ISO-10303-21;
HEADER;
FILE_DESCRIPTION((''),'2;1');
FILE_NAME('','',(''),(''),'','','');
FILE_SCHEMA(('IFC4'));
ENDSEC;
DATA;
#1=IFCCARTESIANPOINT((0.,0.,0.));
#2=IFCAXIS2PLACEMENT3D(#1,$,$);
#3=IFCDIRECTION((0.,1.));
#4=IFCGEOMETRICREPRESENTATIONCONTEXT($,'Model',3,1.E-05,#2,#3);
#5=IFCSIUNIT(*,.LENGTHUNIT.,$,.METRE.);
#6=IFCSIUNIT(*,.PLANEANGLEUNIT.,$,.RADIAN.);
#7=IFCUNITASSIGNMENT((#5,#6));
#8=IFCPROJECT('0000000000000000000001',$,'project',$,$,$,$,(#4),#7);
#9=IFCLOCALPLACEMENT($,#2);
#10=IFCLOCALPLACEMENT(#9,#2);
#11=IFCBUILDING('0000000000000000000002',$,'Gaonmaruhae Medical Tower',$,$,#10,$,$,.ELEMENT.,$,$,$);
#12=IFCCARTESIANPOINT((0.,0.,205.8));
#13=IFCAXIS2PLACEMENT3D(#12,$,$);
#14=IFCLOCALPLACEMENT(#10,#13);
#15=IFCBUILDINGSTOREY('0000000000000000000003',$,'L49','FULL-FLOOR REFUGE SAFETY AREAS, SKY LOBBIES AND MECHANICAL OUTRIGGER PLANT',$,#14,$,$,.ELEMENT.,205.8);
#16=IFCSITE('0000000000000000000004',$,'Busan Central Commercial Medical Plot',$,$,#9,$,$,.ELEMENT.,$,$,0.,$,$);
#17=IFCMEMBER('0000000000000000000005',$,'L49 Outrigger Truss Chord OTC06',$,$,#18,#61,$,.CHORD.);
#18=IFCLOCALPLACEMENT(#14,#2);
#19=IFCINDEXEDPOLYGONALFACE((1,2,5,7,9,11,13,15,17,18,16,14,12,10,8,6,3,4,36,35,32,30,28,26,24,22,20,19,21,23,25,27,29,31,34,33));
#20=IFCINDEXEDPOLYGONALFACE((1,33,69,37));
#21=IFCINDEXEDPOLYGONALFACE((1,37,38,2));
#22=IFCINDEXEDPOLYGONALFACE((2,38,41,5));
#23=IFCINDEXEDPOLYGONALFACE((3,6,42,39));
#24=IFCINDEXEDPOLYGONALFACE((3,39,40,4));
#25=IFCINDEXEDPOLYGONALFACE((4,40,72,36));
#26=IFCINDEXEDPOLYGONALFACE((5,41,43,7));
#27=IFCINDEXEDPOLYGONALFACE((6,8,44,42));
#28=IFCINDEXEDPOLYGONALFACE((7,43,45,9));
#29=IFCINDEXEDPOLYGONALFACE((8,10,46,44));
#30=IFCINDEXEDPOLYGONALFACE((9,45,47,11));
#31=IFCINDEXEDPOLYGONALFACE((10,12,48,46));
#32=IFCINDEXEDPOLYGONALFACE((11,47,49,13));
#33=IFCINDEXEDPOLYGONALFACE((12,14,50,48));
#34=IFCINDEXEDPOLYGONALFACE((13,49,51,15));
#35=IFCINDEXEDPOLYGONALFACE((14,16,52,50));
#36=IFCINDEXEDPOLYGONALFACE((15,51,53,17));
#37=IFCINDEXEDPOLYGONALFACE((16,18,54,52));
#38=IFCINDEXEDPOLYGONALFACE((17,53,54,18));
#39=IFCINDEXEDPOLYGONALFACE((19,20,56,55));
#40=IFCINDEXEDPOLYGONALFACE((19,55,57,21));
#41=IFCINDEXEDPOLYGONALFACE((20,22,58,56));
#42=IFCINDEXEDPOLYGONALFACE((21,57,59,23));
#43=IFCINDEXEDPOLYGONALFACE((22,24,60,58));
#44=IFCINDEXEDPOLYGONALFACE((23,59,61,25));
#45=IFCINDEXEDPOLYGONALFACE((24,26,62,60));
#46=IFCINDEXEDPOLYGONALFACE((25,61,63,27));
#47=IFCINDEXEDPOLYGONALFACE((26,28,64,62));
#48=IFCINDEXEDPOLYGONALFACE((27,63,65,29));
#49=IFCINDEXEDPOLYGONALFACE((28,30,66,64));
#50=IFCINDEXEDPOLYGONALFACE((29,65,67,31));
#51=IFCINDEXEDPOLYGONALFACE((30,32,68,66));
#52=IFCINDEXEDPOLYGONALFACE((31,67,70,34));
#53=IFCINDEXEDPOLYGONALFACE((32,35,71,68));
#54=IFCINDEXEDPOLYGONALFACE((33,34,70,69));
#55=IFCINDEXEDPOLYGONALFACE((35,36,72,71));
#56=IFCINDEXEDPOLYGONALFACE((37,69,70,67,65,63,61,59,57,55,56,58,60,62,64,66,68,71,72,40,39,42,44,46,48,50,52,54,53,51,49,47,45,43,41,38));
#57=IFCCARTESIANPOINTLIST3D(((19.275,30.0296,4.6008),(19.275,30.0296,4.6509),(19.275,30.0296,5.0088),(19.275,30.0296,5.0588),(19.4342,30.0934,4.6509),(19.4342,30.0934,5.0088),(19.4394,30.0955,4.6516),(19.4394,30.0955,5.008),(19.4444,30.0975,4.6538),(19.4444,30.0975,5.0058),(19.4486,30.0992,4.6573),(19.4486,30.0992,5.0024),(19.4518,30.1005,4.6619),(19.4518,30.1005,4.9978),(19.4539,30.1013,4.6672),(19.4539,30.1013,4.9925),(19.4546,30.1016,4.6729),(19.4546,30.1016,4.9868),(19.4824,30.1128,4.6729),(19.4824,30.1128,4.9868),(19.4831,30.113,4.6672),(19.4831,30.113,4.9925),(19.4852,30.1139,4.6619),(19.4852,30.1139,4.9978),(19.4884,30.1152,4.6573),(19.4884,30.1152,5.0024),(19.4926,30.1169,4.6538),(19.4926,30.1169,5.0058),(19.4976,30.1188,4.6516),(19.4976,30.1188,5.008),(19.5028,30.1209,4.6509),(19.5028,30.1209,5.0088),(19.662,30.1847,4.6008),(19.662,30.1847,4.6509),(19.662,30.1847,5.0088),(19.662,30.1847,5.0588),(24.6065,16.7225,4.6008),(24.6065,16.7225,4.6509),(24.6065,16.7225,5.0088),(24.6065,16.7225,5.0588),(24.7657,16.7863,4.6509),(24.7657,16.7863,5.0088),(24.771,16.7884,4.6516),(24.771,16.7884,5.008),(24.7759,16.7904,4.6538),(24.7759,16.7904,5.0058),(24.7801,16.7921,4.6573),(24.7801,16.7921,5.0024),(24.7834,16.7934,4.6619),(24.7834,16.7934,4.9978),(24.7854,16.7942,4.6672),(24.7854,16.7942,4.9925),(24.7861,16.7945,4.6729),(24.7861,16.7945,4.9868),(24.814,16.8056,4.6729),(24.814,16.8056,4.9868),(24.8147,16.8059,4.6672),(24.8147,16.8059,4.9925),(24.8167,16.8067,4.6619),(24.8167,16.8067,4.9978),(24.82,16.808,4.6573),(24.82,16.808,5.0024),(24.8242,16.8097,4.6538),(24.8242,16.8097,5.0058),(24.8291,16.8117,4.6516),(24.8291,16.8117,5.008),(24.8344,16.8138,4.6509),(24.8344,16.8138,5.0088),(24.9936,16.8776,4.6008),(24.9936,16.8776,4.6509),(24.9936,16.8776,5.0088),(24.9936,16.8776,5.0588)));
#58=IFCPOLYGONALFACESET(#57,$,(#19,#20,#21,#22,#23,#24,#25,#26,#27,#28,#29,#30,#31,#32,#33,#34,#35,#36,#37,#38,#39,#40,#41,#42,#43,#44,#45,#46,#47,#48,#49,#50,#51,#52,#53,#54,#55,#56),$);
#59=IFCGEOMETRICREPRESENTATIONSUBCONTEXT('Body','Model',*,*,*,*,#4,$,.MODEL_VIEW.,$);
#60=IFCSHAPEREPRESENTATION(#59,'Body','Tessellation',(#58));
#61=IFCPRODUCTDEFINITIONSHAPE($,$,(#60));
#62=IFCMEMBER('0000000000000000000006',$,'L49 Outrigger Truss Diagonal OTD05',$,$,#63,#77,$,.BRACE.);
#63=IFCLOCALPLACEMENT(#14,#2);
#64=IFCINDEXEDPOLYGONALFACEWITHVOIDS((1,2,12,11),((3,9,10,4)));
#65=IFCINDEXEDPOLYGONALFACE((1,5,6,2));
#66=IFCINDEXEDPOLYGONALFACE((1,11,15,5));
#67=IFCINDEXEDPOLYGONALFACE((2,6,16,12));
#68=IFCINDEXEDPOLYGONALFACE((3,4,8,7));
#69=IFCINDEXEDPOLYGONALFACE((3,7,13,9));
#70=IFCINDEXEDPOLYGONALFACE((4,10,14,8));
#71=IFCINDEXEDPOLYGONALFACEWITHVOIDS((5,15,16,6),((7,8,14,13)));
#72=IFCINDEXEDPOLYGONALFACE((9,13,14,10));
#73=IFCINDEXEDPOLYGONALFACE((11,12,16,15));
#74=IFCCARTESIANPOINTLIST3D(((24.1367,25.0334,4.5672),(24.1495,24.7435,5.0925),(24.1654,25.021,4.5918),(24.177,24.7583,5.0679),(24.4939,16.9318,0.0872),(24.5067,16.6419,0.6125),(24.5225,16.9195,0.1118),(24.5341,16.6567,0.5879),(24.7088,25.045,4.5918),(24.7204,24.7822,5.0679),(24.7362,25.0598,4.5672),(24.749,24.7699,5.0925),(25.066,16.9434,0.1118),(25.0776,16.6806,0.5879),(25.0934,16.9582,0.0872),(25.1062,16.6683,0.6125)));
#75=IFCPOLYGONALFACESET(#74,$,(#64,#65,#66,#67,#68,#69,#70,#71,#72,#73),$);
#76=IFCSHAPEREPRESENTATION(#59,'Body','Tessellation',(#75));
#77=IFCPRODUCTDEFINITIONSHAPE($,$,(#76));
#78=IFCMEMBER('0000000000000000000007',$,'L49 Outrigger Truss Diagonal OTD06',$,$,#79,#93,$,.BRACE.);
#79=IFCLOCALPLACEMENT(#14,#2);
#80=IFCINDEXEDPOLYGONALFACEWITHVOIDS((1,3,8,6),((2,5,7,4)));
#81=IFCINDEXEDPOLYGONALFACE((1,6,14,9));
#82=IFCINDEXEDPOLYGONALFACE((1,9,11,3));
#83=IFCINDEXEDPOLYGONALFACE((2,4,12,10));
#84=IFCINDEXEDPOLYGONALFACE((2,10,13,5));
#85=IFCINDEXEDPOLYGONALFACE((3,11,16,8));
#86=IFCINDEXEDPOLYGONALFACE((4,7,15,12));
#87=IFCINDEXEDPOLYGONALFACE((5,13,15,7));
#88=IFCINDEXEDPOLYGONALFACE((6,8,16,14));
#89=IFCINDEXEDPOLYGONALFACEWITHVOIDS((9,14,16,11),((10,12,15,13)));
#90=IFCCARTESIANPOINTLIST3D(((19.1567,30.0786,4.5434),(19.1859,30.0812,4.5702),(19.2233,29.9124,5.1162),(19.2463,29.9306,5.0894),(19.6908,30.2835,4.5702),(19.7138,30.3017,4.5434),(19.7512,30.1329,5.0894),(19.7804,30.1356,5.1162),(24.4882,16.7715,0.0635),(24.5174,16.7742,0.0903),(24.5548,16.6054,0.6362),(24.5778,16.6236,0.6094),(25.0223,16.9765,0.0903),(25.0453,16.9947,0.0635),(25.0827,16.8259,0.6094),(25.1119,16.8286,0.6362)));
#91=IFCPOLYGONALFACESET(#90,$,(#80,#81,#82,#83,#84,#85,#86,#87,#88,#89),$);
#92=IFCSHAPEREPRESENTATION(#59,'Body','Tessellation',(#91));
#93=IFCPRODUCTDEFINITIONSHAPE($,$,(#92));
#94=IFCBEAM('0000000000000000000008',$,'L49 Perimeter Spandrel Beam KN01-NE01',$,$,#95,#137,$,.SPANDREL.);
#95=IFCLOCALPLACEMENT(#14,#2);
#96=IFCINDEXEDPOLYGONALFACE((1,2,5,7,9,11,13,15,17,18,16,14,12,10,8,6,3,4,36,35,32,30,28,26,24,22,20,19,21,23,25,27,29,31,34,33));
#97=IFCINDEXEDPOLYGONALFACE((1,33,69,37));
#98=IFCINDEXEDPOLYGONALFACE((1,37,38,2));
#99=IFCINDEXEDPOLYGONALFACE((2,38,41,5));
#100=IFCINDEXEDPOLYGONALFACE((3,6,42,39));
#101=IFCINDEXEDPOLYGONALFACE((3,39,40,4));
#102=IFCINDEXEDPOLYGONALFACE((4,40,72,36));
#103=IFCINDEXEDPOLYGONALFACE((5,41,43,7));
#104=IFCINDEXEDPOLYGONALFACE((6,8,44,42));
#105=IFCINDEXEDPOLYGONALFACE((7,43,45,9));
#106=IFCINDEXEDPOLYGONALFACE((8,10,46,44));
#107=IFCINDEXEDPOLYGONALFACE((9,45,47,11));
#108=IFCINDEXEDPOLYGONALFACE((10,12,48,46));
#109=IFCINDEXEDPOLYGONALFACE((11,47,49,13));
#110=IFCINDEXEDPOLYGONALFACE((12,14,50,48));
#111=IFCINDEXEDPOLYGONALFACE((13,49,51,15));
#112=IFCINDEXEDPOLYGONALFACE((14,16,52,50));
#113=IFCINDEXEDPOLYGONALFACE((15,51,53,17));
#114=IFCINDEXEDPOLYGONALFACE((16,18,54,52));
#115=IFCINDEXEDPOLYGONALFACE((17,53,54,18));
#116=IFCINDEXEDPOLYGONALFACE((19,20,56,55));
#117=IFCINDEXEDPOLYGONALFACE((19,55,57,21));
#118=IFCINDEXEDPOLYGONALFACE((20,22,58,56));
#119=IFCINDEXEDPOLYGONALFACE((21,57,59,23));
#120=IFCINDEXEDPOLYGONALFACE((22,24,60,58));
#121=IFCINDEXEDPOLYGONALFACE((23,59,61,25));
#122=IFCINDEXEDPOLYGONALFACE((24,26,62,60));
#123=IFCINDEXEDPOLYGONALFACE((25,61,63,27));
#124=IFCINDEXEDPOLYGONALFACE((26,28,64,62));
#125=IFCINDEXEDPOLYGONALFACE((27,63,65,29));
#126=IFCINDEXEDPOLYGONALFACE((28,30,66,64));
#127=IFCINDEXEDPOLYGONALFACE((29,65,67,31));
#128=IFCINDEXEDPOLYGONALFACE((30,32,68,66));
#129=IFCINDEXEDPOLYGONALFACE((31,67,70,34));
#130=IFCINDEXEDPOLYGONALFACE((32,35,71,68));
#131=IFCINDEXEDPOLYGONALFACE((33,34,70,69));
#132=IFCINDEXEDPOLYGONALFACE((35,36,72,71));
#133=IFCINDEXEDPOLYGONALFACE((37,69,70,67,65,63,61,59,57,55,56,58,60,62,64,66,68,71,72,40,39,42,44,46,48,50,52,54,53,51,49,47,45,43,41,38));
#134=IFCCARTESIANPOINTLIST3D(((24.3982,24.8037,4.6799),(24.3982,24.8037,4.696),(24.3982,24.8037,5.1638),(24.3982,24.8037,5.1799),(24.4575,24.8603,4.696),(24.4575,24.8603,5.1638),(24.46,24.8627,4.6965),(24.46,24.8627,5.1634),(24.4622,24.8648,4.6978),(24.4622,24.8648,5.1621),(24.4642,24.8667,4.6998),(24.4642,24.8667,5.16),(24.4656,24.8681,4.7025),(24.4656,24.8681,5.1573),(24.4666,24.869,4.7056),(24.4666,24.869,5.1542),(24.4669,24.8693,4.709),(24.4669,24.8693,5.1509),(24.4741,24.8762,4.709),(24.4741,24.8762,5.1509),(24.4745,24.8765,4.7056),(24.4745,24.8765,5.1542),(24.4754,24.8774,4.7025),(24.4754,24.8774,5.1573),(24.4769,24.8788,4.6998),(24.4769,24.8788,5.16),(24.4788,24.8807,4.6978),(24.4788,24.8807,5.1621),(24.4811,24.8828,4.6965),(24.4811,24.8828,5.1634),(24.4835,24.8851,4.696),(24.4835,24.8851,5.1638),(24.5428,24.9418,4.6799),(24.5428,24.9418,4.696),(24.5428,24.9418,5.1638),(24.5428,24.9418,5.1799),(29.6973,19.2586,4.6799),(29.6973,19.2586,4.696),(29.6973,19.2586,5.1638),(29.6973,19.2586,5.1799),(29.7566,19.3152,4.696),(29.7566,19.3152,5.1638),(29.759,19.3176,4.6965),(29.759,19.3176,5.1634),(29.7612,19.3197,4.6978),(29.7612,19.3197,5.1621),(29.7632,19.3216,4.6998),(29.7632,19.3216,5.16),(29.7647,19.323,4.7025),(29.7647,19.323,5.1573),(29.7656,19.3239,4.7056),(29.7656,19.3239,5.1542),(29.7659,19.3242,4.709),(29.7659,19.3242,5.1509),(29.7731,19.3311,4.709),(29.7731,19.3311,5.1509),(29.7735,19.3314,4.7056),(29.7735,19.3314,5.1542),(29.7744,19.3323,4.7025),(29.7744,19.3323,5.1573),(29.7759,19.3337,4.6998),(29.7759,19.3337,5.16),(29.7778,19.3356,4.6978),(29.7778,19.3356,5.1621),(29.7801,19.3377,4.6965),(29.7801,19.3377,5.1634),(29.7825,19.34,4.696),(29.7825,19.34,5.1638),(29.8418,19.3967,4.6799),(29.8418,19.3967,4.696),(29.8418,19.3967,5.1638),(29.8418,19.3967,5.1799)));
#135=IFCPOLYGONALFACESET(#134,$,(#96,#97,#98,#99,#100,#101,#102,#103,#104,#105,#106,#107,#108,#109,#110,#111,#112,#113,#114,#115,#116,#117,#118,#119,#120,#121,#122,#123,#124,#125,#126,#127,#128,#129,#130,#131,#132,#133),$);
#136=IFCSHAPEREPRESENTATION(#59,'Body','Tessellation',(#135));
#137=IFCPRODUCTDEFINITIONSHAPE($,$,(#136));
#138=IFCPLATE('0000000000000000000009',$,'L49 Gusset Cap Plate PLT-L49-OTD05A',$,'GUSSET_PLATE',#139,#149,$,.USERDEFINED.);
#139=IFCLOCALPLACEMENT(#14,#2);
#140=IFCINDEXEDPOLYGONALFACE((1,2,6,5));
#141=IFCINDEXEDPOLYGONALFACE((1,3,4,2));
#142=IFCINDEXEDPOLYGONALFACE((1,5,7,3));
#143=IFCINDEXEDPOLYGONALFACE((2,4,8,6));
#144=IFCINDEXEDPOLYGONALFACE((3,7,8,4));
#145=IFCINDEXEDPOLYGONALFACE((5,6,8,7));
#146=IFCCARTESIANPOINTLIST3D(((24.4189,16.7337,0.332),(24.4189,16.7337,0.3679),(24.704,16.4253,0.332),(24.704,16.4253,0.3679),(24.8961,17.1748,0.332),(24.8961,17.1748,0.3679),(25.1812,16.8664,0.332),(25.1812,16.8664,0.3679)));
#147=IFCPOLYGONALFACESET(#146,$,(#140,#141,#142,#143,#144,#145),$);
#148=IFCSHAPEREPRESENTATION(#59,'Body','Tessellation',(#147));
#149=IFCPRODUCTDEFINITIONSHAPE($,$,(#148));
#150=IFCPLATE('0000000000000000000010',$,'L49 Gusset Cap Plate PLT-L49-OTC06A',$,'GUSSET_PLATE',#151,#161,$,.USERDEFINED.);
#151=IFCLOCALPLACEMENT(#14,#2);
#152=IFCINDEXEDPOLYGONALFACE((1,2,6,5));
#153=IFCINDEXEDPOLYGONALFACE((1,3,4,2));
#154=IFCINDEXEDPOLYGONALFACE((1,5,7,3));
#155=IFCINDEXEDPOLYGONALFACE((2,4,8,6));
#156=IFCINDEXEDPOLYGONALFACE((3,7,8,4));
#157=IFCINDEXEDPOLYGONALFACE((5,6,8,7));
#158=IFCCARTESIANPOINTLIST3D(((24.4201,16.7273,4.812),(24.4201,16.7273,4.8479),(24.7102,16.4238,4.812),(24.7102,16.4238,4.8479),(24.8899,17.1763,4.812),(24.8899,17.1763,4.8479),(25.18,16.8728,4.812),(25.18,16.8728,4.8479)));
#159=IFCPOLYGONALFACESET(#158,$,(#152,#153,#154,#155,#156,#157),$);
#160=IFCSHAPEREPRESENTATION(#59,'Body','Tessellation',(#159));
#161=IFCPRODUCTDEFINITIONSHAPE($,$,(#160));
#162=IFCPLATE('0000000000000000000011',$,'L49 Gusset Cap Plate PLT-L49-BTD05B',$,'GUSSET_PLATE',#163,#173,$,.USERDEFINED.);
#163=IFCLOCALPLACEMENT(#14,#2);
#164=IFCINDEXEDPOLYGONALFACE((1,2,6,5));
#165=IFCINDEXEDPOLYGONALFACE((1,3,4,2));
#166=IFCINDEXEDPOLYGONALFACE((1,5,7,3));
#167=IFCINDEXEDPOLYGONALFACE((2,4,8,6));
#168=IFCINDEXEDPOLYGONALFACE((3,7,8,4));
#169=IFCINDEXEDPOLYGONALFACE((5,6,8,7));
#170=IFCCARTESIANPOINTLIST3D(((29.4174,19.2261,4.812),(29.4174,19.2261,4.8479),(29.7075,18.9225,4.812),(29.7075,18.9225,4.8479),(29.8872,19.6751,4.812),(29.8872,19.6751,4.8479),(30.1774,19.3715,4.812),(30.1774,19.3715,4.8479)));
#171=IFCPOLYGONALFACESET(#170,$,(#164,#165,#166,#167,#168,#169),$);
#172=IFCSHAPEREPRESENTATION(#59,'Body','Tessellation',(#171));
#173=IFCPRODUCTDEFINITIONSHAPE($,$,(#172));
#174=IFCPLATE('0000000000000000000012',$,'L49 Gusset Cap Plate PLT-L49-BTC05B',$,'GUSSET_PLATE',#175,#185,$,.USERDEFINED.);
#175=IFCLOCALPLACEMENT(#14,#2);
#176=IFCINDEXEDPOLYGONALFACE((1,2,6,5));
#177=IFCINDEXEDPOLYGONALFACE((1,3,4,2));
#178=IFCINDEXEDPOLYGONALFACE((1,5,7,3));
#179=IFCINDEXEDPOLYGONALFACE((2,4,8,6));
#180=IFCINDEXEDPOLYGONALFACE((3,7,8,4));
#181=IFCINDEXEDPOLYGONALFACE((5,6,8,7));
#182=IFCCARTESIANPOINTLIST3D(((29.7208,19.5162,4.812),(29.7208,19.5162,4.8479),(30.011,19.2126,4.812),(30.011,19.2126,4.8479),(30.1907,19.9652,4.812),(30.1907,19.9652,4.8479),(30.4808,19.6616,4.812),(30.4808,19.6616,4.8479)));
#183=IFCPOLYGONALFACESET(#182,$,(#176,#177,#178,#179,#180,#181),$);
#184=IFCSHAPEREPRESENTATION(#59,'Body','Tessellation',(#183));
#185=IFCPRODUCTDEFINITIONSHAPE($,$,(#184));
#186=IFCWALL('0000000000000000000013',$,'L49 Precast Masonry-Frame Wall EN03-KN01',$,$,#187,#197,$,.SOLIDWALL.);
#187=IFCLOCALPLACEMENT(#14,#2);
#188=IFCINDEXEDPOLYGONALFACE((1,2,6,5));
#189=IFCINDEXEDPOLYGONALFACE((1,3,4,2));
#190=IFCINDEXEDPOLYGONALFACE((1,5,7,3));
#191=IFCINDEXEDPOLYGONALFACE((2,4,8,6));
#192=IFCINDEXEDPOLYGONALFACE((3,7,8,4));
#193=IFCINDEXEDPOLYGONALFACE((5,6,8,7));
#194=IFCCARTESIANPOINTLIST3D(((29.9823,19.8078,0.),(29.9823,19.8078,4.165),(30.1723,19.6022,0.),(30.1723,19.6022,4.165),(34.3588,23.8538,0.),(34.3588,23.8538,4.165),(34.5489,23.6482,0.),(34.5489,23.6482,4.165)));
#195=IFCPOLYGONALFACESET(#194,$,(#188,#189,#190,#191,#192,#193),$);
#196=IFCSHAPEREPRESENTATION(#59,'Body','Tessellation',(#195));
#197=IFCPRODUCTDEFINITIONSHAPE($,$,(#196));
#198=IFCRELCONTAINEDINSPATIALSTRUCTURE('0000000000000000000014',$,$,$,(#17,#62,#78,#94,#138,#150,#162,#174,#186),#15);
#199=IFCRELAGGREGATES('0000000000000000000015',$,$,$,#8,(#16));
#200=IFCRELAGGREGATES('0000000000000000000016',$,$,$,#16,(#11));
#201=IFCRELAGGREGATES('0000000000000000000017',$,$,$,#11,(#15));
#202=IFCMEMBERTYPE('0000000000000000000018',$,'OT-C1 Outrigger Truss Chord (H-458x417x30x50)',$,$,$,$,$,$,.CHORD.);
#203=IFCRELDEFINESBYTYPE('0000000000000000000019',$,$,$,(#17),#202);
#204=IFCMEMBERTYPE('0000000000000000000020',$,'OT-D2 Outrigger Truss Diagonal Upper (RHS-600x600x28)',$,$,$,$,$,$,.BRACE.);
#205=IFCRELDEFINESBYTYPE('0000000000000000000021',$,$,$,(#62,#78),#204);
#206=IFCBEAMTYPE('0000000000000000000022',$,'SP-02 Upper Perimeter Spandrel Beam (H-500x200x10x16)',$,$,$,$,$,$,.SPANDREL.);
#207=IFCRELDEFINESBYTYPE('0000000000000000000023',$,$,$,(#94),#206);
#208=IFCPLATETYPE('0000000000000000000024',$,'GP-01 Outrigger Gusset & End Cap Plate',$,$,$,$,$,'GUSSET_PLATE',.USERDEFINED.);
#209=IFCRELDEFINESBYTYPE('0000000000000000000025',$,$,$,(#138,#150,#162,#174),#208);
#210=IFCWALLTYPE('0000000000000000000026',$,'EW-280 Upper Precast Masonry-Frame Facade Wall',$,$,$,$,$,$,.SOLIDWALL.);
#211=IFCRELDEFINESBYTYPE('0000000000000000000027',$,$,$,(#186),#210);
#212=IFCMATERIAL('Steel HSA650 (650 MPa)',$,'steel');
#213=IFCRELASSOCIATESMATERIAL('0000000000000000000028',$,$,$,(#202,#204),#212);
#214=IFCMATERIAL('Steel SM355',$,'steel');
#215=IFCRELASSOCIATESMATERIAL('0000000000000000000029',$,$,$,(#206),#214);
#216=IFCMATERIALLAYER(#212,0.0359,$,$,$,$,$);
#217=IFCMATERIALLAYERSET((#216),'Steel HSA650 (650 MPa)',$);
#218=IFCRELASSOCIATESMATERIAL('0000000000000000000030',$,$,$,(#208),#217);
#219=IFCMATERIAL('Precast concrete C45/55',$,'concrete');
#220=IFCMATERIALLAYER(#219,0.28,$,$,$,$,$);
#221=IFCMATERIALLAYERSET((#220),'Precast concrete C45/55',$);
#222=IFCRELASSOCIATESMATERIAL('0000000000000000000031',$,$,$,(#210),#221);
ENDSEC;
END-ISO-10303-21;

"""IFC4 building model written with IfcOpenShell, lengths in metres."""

from ifc_helpers import new_model, si_unit, direction, frame, frame_2d, origin, origin_2d, place, context, subcontext, project, spatial, rectangle, hollow_rectangle, i_section, extrude, material, layer, layer_set, material_profile, profile_set, type_object, element, save


model = new_model("IFC4")

# Units and contexts
model_context = context("Model", 3, precision=1e-05, world=origin(), true_north=direction((0.0, 1.0)))
body_context = subcontext(model_context, "Body", "Model", "MODEL_VIEW")
ifc_project = project(units=[si_unit("LENGTHUNIT", "METRE"), si_unit("PLANEANGLEUNIT", "RADIAN")], contexts=[model_context])

# Site, building, storey
site_placement = place(None, origin())
site = spatial("IfcSite", under=ifc_project, at=site_placement, Name="Busan Central Commercial Medical Plot", CompositionType="ELEMENT", RefElevation=0.0)
building_placement = place(site_placement, origin())
building = spatial("IfcBuilding", under=site, at=building_placement, Name="Gaonmaruhae Medical Tower", CompositionType="ELEMENT")
storey_placement = place(building_placement, frame((0.0, 0.0, 205.8)))
storey = spatial("IfcBuildingStorey", under=building, at=storey_placement, Name="L49", Description="FULL-FLOOR REFUGE SAFETY AREAS, SKY LOBBIES AND MECHANICAL OUTRIGGER PLANT", CompositionType="ELEMENT", Elevation=205.8)

# Shared definitions
ifc_material_1 = material(Name="Steel SM355", Category="steel")

# Members
ifc_material_2 = material(Name="Steel HSA650 (650 MPa)", Category="steel")
ifc_material_profile_1 = material_profile(ifc_material_2, i_section(OverallWidth=0.417, OverallDepth=0.458, WebThickness=0.03, FlangeThickness=0.05, FilletRadius=0.022, at=origin_2d()), Name="H-458x417x30x50")
ifc_profile_set_1 = profile_set([ifc_material_profile_1], Name="Steel HSA650 (650 MPa)")
member_type_1 = type_object("IfcMemberType", Name="OT-C1 Outrigger Truss Chord (H-458x417x30x50)", PredefinedType="CHORD", material=ifc_profile_set_1)
member_1_placement = place(storey_placement, frame((24.8, 16.8, 4.8298), z_axis=(-0.371913, 0.928267, 0.0), x_axis=(-0.928267, -0.371913, 0.0)))
element("IfcMember", 1, at=member_1_placement, inside=storey, type_object=member_type_1, Name="L49 Outrigger Truss Chord OTC06", PredefinedType="CHORD", context=body_context, shape_type="SweptSolid", body=[
    extrude(i_section(OverallWidth=0.417, OverallDepth=0.458, WebThickness=0.03, FlangeThickness=0.05, FilletRadius=0.022, at=origin_2d()), origin(), (0.0, 0.0, 1.0), 14.3354),
])
ifc_material_profile_2 = material_profile(ifc_material_2, hollow_rectangle(XDim=0.6001, YDim=0.6001, WallThickness=0.0281, at=origin_2d()), Name="RHS-600x600x28")
ifc_profile_set_2 = profile_set([ifc_material_profile_2], Name="Steel HSA650 (650 MPa)")
member_type_2 = type_object("IfcMemberType", Name="OT-D2 Outrigger Truss Diagonal Upper (RHS-600x600x28)", PredefinedType="BRACE", material=ifc_profile_set_2)
member_2_placement = place(storey_placement, frame((24.8, 16.8, 0.3499), z_axis=(-0.038553, 0.874463, 0.483558), x_axis=(-0.99903, -0.044045, 0.0)))
element("IfcMember", 2, at=member_2_placement, inside=storey, type_object=member_type_2, Name="L49 Outrigger Truss Diagonal OTD05", PredefinedType="BRACE", context=body_context, shape_type="SweptSolid", body=[
    extrude(hollow_rectangle(XDim=0.6001, YDim=0.6001, WallThickness=0.0281, at=origin_2d()), origin(), (0.0, 0.0, 1.0), 9.2646),
])
member_3_placement = place(storey_placement, frame((24.8, 16.8, 0.3499), z_axis=(-0.354983, 0.88601, 0.298284), x_axis=(-0.928267, -0.371913, 0.0)))
element("IfcMember", 3, at=member_3_placement, inside=storey, type_object=member_type_2, Name="L49 Outrigger Truss Diagonal OTD06", PredefinedType="BRACE", context=body_context, shape_type="SweptSolid", body=[
    extrude(hollow_rectangle(XDim=0.6001, YDim=0.6001, WallThickness=0.0281, at=origin_2d()), origin(), (0.0, 0.0, 1.0), 15.019),
])

# Beam
ifc_material_profile_3 = material_profile(ifc_material_1, i_section(OverallWidth=0.2, OverallDepth=0.5, WebThickness=0.01, FlangeThickness=0.0161, FilletRadius=0.0129, at=origin_2d()), Name="H-500x200x10x16")
ifc_profile_set_3 = profile_set([ifc_material_profile_3], Name="Steel SM355")
beam_type_1 = type_object("IfcBeamType", Name="SP-02 Upper Perimeter Spandrel Beam (H-500x200x10x16)", PredefinedType="SPANDREL", material=ifc_profile_set_3)
beam_1_placement = place(storey_placement, frame((29.7695, 19.3276, 4.9299), z_axis=(-0.690882, 0.722967, 0.0), x_axis=(-0.722967, -0.690882, 0.0)))
element("IfcBeam", 4, at=beam_1_placement, inside=storey, type_object=beam_type_1, Name="L49 Perimeter Spandrel Beam KN01-NE01", PredefinedType="SPANDREL", context=body_context, shape_type="SweptSolid", body=[
    extrude(i_section(OverallWidth=0.2, OverallDepth=0.5, WebThickness=0.01, FlangeThickness=0.0161, FilletRadius=0.0129, at=origin_2d()), origin(), (0.0, 0.0, 1.0), 7.6699),
])

# Plates
ifc_layer_1 = layer(ifc_material_2, 0.0359)
ifc_layer_set_1 = layer_set([ifc_layer_1], Name="Steel HSA650 (650 MPa)")
plate_type = type_object("IfcPlateType", Name="GP-01 Outrigger Gusset & End Cap Plate", ElementType="GUSSET_PLATE", PredefinedType="USERDEFINED", material=ifc_layer_set_1)
for number, where, z_axis, x_axis, name in (
    (5, (24.8, 16.8, 0.332), (0.0, 0.0, 1.0), (0.734323, 0.678801, 0.0), "L49 Gusset Cap Plate PLT-L49-OTD05A"),
    (6, (24.8, 16.8, 4.812), (0.0, 0.0, 1.0), (0.722967, 0.690882, 0.0), "L49 Gusset Cap Plate PLT-L49-OTC06A"),
    (7, (29.7974, 19.2988, 4.812), (0.0, 0.0, 1.0), (0.722967, 0.690882, 0.0), "L49 Gusset Cap Plate PLT-L49-BTD05B"),
    (8, (30.1008, 19.5889, 4.812), (0.0, 0.0, 1.0), (0.722967, 0.690882, 0.0), "L49 Gusset Cap Plate PLT-L49-BTC05B"),
):
    element("IfcPlate", number, at=place(storey_placement, frame(where, z_axis=z_axis, x_axis=x_axis)), inside=storey, type_object=plate_type, Name=name, ObjectType="GUSSET_PLATE", PredefinedType="USERDEFINED", context=body_context, shape_type="SweptSolid", body=[
        extrude(rectangle(XDim=0.6499, YDim=0.4199, at=origin_2d()), origin(), (0.0, 0.0, 1.0), 0.0359),
    ])

# Wall
ifc_material_3 = material(Name="Precast concrete C45/55", Category="concrete")
ifc_layer_2 = layer(ifc_material_3, 0.28)
ifc_layer_set_2 = layer_set([ifc_layer_2], Name="Precast concrete C45/55")
wall_type_1 = type_object("IfcWallType", Name="EW-280 Upper Precast Masonry-Frame Facade Wall", PredefinedType="SOLIDWALL", material=ifc_layer_set_2)
wall_1_placement = place(storey_placement, frame((30.0774, 19.7051, 0.0), z_axis=(0.0, 0.0, 1.0), x_axis=(0.734294, 0.678831, 0.0)))
element("IfcWall", 9, at=wall_1_placement, inside=storey, type_object=wall_type_1, Name="L49 Precast Masonry-Frame Wall EN03-KN01", PredefinedType="SOLIDWALL", context=body_context, shape_type="SweptSolid", body=[
    extrude(rectangle(XDim=5.9602, YDim=0.28, at=frame_2d((2.98, 0.0))), origin(), (0.0, 0.0, 1.0), 4.165),
])

save(model, "model.ifc")
